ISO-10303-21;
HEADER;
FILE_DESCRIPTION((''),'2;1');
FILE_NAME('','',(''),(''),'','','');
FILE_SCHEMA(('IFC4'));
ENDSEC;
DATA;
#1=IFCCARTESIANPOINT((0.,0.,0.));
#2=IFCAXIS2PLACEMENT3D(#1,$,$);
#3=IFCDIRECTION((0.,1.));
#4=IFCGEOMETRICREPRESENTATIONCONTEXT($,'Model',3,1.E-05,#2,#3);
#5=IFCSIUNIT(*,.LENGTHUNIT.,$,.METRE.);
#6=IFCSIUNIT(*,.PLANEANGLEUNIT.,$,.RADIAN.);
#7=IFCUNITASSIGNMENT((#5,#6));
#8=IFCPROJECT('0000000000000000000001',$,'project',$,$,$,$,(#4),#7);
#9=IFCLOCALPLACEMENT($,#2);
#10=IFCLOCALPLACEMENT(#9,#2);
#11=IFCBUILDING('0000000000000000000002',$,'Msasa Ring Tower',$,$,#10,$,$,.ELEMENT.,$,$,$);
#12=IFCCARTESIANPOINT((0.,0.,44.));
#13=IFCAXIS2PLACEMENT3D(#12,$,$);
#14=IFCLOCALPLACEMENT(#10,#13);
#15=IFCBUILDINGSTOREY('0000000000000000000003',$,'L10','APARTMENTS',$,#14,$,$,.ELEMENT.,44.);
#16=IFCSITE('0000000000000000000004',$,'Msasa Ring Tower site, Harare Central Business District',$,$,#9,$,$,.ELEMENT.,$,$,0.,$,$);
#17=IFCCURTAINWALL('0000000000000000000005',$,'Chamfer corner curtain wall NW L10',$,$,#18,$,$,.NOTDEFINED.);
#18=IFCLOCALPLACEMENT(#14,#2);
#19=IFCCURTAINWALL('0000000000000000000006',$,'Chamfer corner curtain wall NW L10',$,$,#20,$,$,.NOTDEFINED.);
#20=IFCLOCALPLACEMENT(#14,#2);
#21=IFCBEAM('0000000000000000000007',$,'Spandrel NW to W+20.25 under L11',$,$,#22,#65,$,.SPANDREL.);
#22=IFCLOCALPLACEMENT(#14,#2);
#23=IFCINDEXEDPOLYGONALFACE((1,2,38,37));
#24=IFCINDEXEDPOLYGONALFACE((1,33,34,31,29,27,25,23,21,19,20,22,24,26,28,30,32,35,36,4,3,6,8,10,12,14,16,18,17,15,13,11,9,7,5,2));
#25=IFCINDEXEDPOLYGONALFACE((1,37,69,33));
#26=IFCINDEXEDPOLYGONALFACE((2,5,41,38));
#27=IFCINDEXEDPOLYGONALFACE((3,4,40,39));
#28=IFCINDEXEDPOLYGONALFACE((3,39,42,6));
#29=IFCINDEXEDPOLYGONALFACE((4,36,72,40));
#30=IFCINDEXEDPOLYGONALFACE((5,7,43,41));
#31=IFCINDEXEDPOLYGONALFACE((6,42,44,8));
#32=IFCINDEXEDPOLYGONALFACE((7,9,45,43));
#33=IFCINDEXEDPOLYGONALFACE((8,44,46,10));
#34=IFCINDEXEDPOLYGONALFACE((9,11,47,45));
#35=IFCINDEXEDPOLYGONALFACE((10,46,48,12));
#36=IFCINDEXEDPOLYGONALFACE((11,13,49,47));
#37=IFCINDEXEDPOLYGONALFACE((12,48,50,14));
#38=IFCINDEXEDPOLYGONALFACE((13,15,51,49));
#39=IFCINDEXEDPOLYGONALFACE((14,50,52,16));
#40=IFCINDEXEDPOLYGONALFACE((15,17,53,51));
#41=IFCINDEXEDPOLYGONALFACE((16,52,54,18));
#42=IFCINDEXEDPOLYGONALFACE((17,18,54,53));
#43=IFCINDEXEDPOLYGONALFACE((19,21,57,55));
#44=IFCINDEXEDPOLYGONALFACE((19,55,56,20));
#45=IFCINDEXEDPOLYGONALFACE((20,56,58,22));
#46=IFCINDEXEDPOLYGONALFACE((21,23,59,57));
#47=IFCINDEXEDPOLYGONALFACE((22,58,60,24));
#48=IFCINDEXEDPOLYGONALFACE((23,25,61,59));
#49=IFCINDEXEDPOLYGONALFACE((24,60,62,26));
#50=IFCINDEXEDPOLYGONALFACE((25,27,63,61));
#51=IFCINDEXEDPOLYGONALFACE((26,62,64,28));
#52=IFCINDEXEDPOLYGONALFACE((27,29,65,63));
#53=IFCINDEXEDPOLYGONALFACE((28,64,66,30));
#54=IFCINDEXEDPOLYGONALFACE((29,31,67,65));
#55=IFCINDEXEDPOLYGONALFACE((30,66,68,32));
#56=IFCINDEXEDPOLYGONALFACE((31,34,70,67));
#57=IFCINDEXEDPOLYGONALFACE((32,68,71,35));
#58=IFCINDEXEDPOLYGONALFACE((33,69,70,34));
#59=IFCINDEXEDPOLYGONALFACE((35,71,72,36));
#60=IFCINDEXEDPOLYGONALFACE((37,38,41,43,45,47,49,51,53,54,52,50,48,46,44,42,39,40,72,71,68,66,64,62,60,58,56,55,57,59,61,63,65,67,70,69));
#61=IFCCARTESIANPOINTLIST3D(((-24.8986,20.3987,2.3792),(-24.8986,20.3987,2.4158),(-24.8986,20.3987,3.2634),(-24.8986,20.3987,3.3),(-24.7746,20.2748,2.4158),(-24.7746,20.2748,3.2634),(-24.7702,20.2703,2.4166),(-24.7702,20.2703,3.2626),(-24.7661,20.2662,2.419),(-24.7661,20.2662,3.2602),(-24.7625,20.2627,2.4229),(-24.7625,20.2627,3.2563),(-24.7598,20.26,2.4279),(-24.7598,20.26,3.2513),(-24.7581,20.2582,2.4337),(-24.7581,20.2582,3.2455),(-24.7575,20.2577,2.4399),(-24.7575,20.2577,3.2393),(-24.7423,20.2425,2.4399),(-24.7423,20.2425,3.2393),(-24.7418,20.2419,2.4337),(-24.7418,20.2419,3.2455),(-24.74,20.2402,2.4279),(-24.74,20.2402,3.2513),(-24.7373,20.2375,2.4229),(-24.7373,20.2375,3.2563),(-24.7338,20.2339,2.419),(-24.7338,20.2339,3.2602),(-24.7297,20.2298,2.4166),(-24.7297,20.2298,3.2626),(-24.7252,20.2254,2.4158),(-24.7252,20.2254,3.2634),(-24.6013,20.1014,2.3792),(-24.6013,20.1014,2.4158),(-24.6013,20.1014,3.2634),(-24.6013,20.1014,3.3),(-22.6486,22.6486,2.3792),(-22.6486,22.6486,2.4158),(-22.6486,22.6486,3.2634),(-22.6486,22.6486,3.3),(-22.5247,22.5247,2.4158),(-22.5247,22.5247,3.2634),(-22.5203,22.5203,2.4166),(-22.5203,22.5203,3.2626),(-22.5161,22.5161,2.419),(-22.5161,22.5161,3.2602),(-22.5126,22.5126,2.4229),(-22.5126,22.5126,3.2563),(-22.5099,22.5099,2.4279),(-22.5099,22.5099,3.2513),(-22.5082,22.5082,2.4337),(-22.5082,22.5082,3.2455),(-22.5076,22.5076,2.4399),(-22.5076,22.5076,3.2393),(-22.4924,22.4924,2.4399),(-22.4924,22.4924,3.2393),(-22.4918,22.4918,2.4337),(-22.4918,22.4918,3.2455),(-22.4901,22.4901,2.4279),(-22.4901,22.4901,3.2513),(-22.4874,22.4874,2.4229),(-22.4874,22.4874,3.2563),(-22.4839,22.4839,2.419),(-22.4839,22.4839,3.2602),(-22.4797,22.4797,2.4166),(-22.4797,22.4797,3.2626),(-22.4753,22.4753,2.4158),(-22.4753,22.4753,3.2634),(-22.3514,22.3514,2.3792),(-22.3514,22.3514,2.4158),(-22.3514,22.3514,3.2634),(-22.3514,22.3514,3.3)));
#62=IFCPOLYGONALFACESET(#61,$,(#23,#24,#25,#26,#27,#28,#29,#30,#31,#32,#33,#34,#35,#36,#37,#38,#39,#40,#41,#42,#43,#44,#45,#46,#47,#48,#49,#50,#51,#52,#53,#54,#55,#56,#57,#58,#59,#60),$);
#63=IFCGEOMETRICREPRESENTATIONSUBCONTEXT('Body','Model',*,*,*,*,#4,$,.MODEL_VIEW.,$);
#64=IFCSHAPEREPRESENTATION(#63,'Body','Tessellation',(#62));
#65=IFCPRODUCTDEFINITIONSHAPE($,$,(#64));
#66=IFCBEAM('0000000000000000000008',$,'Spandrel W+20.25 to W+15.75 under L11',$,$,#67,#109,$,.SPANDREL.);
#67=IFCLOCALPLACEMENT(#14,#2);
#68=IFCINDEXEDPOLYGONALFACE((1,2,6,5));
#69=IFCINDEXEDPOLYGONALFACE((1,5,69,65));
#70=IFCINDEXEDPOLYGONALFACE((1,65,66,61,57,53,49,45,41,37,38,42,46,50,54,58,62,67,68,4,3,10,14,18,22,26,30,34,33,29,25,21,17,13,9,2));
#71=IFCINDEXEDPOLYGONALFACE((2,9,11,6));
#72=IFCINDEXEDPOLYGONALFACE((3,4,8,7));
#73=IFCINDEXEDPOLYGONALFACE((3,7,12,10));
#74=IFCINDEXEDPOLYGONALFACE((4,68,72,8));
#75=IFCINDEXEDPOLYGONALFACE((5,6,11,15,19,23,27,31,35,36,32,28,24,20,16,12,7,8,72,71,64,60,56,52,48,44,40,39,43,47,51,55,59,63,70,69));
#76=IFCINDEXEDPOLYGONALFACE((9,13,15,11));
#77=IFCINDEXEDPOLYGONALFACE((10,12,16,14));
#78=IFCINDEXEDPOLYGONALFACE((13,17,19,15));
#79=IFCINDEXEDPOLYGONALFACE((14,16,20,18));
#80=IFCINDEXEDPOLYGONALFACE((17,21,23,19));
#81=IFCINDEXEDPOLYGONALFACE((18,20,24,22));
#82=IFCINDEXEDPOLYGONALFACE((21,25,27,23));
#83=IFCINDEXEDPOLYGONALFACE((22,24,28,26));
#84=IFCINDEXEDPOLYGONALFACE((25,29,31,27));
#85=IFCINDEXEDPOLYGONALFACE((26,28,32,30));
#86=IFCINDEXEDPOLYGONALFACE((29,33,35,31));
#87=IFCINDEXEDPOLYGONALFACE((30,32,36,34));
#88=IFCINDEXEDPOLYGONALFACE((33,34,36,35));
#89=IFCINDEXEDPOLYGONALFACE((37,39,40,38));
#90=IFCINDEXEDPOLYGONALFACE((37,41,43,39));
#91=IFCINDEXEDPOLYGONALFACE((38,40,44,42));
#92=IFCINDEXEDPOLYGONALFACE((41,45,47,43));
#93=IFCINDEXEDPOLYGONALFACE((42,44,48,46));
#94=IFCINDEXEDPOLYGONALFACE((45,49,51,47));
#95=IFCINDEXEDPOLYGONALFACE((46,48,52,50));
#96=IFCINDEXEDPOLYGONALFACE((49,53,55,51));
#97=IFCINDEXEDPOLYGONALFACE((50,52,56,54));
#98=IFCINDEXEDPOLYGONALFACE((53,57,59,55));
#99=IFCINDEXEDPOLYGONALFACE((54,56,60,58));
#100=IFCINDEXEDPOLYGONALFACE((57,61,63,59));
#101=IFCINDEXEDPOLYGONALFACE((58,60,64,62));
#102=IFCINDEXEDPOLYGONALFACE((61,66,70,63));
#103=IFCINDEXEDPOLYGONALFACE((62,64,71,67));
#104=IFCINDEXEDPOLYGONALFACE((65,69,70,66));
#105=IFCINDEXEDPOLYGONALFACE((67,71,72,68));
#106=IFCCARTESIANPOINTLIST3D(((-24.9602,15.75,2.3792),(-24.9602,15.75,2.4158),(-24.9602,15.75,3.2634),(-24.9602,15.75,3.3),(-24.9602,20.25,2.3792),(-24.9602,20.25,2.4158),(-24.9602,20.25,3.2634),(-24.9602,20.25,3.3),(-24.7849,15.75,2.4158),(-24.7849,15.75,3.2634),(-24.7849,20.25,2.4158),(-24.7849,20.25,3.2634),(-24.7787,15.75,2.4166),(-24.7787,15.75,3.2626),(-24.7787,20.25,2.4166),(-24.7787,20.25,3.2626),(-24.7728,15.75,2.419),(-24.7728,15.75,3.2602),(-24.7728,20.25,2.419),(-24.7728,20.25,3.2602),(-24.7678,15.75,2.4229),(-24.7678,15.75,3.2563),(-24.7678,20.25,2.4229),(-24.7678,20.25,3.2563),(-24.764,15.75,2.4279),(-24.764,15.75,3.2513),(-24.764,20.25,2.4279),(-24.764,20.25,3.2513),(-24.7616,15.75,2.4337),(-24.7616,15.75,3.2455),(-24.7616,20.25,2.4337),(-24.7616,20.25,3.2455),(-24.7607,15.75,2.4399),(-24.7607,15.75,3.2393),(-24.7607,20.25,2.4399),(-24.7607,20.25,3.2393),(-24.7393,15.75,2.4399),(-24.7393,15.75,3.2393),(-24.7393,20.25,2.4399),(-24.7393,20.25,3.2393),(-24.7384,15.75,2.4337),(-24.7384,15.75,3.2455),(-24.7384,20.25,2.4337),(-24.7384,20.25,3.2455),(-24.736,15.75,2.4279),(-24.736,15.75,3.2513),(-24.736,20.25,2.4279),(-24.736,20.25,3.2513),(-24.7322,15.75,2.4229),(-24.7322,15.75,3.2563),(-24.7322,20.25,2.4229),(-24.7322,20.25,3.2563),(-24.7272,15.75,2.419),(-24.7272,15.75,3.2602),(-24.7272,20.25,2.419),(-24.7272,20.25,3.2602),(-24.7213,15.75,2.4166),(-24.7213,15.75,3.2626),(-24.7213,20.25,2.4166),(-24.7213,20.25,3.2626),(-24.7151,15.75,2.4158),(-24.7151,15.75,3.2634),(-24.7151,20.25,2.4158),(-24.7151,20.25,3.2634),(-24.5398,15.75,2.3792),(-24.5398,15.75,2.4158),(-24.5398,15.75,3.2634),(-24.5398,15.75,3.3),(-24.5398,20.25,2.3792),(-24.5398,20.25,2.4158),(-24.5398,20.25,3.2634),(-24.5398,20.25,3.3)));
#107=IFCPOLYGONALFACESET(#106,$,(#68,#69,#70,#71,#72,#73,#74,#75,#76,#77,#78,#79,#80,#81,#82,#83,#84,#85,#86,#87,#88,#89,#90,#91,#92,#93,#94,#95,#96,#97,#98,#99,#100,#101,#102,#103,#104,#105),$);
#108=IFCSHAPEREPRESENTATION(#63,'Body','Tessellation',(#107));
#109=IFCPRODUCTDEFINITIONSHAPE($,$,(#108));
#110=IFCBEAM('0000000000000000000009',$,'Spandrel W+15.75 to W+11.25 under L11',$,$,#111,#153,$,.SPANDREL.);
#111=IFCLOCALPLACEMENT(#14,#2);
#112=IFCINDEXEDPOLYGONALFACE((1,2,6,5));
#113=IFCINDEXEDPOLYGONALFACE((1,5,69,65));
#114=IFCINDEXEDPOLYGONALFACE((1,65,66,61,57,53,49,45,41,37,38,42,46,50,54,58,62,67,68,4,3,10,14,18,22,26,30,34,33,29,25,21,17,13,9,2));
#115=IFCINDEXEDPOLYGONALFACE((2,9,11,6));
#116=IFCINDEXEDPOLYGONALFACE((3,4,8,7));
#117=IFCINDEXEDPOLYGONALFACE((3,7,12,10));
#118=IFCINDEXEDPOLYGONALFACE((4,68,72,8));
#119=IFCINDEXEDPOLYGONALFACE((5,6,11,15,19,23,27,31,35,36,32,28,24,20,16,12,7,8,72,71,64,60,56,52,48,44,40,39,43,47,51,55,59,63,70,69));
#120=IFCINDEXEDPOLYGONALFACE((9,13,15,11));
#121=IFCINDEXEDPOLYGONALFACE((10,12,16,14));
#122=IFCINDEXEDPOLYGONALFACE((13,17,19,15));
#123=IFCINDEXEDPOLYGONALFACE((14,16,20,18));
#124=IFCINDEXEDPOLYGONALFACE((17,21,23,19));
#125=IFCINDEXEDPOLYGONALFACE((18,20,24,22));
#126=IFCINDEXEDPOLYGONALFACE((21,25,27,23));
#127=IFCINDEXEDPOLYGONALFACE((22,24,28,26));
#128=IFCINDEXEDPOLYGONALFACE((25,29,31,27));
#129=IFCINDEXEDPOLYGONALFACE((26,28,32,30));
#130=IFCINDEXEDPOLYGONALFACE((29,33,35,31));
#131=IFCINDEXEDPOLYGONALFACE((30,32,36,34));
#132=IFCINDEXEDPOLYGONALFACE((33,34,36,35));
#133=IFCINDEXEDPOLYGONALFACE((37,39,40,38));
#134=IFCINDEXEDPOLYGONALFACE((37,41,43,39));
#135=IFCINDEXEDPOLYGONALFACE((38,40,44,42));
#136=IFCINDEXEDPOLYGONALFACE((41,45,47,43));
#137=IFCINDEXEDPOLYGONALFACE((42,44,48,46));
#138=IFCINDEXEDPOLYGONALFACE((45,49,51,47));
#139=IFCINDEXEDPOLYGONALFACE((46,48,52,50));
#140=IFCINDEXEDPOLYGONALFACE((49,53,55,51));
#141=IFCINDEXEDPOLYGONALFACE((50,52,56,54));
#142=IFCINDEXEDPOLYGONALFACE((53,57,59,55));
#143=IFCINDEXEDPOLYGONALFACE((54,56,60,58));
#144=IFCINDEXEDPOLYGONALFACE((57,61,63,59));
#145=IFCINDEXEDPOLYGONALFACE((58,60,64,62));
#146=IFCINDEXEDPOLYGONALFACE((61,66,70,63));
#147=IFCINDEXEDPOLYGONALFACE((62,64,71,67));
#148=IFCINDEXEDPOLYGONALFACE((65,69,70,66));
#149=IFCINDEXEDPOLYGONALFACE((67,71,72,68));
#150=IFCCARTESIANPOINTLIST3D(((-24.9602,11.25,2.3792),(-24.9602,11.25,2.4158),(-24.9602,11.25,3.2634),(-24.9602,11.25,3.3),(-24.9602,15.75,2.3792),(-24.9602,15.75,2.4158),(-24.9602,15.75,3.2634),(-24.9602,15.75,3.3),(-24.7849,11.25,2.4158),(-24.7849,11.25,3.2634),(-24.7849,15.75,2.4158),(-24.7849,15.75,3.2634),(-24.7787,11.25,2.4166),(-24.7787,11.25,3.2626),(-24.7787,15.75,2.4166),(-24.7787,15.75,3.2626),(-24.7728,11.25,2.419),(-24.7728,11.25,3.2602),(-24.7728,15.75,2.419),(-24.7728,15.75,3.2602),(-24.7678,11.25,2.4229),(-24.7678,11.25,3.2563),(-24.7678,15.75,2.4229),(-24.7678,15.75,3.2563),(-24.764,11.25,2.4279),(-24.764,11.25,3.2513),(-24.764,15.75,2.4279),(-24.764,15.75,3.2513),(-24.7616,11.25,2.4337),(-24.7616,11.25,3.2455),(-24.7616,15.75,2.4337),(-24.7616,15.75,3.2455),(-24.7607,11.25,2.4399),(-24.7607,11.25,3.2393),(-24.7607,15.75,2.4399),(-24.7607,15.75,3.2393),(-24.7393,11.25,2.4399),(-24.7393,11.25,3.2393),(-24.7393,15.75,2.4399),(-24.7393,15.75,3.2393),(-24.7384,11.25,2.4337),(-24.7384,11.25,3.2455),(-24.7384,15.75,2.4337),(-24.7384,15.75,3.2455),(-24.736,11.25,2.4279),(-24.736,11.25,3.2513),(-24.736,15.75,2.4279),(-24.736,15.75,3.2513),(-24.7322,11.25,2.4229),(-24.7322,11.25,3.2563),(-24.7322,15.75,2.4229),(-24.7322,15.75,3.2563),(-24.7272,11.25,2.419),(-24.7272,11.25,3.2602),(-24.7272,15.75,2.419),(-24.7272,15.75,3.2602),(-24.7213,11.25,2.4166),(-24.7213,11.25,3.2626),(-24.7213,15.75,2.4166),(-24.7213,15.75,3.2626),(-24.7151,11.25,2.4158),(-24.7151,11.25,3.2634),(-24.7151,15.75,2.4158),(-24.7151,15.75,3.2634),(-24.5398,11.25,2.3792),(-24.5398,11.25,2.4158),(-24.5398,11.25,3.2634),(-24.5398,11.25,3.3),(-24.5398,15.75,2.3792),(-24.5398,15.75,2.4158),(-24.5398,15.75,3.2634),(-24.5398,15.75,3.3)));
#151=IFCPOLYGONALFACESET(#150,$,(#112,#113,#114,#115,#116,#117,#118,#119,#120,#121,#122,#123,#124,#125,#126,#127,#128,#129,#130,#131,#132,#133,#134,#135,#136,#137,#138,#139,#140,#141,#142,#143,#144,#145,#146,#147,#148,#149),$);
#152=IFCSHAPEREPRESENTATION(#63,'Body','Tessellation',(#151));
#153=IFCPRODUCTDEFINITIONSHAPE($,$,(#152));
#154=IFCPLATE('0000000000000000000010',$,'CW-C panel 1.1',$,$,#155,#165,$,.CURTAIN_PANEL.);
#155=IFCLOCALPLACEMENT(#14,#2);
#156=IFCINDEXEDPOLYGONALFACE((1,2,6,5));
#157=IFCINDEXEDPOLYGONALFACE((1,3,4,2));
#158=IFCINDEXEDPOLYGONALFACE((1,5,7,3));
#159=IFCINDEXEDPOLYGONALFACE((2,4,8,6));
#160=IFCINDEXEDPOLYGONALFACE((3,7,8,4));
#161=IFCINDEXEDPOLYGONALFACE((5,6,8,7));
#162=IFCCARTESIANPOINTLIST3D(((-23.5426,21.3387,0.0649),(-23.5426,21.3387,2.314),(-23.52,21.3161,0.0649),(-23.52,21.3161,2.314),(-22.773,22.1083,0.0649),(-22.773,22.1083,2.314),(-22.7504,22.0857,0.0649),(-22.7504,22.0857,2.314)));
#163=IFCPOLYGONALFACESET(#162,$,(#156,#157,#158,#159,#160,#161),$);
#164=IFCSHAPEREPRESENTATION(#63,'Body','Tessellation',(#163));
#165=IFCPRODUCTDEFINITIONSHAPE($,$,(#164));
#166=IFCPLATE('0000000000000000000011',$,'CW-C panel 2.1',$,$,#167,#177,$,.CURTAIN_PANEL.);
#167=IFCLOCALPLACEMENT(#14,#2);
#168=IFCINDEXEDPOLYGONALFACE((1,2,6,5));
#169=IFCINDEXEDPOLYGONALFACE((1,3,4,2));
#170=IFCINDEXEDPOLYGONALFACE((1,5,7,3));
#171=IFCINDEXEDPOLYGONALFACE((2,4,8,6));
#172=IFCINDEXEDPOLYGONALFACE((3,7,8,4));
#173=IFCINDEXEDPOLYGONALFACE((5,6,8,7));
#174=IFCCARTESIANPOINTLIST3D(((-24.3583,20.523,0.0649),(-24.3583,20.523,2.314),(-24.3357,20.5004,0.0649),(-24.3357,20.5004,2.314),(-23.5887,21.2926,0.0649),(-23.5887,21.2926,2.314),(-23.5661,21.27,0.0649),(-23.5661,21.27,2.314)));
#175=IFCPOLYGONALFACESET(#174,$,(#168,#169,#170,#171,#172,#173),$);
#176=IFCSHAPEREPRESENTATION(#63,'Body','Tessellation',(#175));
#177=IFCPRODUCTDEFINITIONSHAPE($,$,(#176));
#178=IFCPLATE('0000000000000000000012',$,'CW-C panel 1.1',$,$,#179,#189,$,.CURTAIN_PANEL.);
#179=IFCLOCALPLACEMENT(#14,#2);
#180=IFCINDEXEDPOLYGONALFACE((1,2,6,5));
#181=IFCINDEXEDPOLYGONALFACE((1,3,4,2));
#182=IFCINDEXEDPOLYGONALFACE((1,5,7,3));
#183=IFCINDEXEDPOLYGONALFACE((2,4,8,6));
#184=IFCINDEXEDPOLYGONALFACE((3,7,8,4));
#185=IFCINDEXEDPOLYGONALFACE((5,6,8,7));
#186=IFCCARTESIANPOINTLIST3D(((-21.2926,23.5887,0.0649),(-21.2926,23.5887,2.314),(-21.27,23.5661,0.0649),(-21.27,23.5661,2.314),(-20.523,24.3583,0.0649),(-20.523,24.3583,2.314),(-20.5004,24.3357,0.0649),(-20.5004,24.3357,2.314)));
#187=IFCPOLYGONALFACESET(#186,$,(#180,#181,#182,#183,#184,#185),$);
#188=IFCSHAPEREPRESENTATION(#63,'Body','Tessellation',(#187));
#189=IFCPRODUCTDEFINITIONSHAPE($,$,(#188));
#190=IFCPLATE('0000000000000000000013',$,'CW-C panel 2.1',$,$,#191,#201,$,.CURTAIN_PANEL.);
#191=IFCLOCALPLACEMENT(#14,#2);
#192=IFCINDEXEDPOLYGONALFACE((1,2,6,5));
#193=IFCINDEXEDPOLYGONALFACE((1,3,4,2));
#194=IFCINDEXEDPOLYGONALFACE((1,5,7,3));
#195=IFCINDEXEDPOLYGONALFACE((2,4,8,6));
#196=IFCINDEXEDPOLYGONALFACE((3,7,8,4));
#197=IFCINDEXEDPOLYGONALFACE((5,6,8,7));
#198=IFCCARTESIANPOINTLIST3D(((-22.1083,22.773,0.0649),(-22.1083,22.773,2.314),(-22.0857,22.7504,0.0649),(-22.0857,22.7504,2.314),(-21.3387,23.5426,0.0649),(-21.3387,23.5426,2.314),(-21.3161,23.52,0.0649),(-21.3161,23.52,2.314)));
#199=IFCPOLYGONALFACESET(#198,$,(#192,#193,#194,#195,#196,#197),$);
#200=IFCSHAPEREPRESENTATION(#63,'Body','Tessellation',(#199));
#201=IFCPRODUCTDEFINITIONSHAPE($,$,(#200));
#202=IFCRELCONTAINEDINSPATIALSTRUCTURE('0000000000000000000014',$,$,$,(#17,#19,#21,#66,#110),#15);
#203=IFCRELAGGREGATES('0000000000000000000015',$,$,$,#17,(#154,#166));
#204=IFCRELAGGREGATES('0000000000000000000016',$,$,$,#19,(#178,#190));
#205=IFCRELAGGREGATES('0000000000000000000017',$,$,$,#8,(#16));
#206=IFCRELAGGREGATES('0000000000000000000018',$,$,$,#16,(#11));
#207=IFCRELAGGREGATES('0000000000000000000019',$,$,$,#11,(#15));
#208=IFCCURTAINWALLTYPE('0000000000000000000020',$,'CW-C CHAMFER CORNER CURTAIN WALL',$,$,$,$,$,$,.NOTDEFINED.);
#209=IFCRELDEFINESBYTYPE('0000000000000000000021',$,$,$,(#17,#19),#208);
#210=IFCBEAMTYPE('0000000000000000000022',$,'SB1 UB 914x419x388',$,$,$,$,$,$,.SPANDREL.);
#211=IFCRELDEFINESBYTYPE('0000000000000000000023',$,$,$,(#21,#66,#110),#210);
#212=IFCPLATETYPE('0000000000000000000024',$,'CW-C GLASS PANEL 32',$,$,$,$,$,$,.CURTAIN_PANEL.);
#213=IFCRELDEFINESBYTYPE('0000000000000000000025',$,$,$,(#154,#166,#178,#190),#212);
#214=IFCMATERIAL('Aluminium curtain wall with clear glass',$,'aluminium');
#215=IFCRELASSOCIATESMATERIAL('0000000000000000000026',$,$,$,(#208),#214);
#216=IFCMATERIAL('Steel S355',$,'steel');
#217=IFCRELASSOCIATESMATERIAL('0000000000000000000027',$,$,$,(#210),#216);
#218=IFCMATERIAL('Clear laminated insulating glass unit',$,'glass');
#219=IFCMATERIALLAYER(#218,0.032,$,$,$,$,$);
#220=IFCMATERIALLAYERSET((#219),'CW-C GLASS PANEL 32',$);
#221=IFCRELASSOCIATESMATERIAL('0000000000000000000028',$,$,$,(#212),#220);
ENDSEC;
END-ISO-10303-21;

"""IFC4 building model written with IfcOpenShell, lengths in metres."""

from ifc_helpers import new_model, si_unit, direction, frame, origin, origin_2d, place, context, subcontext, project, spatial, rectangle, i_section, extrude, material, layer, layer_set, material_profile, profile_set, type_object, element, aggregate, save


model = new_model("IFC4")

# Units and contexts
model_context = context("Model", 3, precision=1e-05, world=origin(), true_north=direction((0.0, 1.0)))
body_context = subcontext(model_context, "Body", "Model", "MODEL_VIEW")
ifc_project = project(units=[si_unit("LENGTHUNIT", "METRE"), si_unit("PLANEANGLEUNIT", "RADIAN")], contexts=[model_context])

# Site, building, storey
site_placement = place(None, origin())
site = spatial("IfcSite", under=ifc_project, at=site_placement, Name="Msasa Ring Tower site, Harare Central Business District", CompositionType="ELEMENT", RefElevation=0.0)
building_placement = place(site_placement, origin())
building = spatial("IfcBuilding", under=site, at=building_placement, Name="Msasa Ring Tower", CompositionType="ELEMENT")
storey_placement = place(building_placement, frame((0.0, 0.0, 44.0)))
storey = spatial("IfcBuildingStorey", under=building, at=storey_placement, Name="L10", Description="APARTMENTS", CompositionType="ELEMENT", Elevation=44.0)

# Curtain walls
ifc_material_1 = material(Name="Aluminium curtain wall with clear glass", Category="aluminium")
curtain_wall_type = type_object("IfcCurtainWallType", Name="CW-C CHAMFER CORNER CURTAIN WALL", PredefinedType="NOTDEFINED", material=ifc_material_1)
curtain_wall_1_placement = place(storey_placement, origin())
curtain_wall_1 = element("IfcCurtainWall", 1, at=curtain_wall_1_placement, inside=storey, type_object=curtain_wall_type, Name="Chamfer corner curtain wall NW L10", PredefinedType="NOTDEFINED")
curtain_wall_2_placement = place(storey_placement, origin())
curtain_wall_2 = element("IfcCurtainWall", 2, at=curtain_wall_2_placement, inside=storey, type_object=curtain_wall_type, Name="Chamfer corner curtain wall NW L10", PredefinedType="NOTDEFINED")

# Beams
ifc_material_2 = material(Name="Steel S355", Category="steel")
ifc_material_profile_1 = material_profile(ifc_material_2, i_section(OverallWidth=0.4204, OverallDepth=0.9209, WebThickness=0.0215, FlangeThickness=0.0366, FilletRadius=0.0242, at=origin_2d()), Name="UB 914x419x388")
ifc_profile_set_1 = profile_set([ifc_material_profile_1], Name="Steel S355")
beam_type_1 = type_object("IfcBeamType", Name="SB1 UB 914x419x388", PredefinedType="SPANDREL", material=ifc_profile_set_1)
for number, where, z_axis, x_axis, name in (
    (3, (-22.5, 22.5, 2.8396), (-0.707107, -0.707107, 0.0), (0.707107, -0.707107, 0.0), "Spandrel NW to W+20.25 under L11"),
):
    element("IfcBeam", number, at=place(storey_placement, frame(where, z_axis=z_axis, x_axis=x_axis)), inside=storey, type_object=beam_type_1, Name=name, PredefinedType="SPANDREL", context=body_context, shape_type="SweptSolid", body=[
        extrude(i_section(OverallWidth=0.4204, OverallDepth=0.9209, WebThickness=0.0215, FlangeThickness=0.0366, FilletRadius=0.0242, at=origin_2d()), origin(), (0.0, 0.0, 1.0), 3.1819),
    ])
for number, where, z_axis, x_axis, name in (
    (4, (-24.75, 20.25, 2.8396), (0.0, -1.0, 0.0), (1.0, 0.0, 0.0), "Spandrel W+20.25 to W+15.75 under L11"),
    (5, (-24.75, 15.75, 2.8396), (0.0, -1.0, 0.0), (1.0, 0.0, 0.0), "Spandrel W+15.75 to W+11.25 under L11"),
):
    element("IfcBeam", number, at=place(storey_placement, frame(where, z_axis=z_axis, x_axis=x_axis)), inside=storey, type_object=beam_type_1, Name=name, PredefinedType="SPANDREL", context=body_context, shape_type="SweptSolid", body=[
        extrude(i_section(OverallWidth=0.4204, OverallDepth=0.9209, WebThickness=0.0215, FlangeThickness=0.0366, FilletRadius=0.0242, at=origin_2d()), origin(), (0.0, 0.0, 1.0), 4.5),
    ])

# Plates
ifc_material_3 = material(Name="Clear laminated insulating glass unit", Category="glass")
ifc_layer_1 = layer(ifc_material_3, 0.032)
ifc_layer_set_1 = layer_set([ifc_layer_1], Name="CW-C GLASS PANEL 32")
plate_type = type_object("IfcPlateType", Name="CW-C GLASS PANEL 32", PredefinedType="CURTAIN_PANEL", material=ifc_layer_set_1)
plate_1_placement = place(storey_placement, frame((-23.1465, 21.7122, 0.0649), z_axis=(0.0, 0.0, 1.0), x_axis=(-0.707107, -0.707107, 0.0)))
plate_1 = element("IfcPlate", 6, at=plate_1_placement, type_object=plate_type, Name="CW-C panel 1.1", PredefinedType="CURTAIN_PANEL", context=body_context, shape_type="SweptSolid", body=[
    extrude(rectangle(XDim=1.0884, YDim=0.032, at=origin_2d()), origin(), (0.0, 0.0, 1.0), 2.249),
])
plate_2_placement = place(storey_placement, frame((-23.9622, 20.8965, 0.0649), z_axis=(0.0, 0.0, 1.0), x_axis=(-0.707107, -0.707107, 0.0)))
plate_2 = element("IfcPlate", 7, at=plate_2_placement, type_object=plate_type, Name="CW-C panel 2.1", PredefinedType="CURTAIN_PANEL", context=body_context, shape_type="SweptSolid", body=[
    extrude(rectangle(XDim=1.0884, YDim=0.032, at=origin_2d()), origin(), (0.0, 0.0, 1.0), 2.249),
])
aggregate(curtain_wall_1, [plate_1, plate_2])
plate_3_placement = place(storey_placement, frame((-20.8965, 23.9622, 0.0649), z_axis=(0.0, 0.0, 1.0), x_axis=(-0.707107, -0.707107, 0.0)))
plate_3 = element("IfcPlate", 8, at=plate_3_placement, type_object=plate_type, Name="CW-C panel 1.1", PredefinedType="CURTAIN_PANEL", context=body_context, shape_type="SweptSolid", body=[
    extrude(rectangle(XDim=1.0884, YDim=0.032, at=origin_2d()), origin(), (0.0, 0.0, 1.0), 2.249),
])
plate_4_placement = place(storey_placement, frame((-21.7122, 23.1465, 0.0649), z_axis=(0.0, 0.0, 1.0), x_axis=(-0.707107, -0.707107, 0.0)))
plate_4 = element("IfcPlate", 9, at=plate_4_placement, type_object=plate_type, Name="CW-C panel 2.1", PredefinedType="CURTAIN_PANEL", context=body_context, shape_type="SweptSolid", body=[
    extrude(rectangle(XDim=1.0884, YDim=0.032, at=origin_2d()), origin(), (0.0, 0.0, 1.0), 2.249),
])
aggregate(curtain_wall_2, [plate_3, plate_4])

save(model, "model.ifc")
